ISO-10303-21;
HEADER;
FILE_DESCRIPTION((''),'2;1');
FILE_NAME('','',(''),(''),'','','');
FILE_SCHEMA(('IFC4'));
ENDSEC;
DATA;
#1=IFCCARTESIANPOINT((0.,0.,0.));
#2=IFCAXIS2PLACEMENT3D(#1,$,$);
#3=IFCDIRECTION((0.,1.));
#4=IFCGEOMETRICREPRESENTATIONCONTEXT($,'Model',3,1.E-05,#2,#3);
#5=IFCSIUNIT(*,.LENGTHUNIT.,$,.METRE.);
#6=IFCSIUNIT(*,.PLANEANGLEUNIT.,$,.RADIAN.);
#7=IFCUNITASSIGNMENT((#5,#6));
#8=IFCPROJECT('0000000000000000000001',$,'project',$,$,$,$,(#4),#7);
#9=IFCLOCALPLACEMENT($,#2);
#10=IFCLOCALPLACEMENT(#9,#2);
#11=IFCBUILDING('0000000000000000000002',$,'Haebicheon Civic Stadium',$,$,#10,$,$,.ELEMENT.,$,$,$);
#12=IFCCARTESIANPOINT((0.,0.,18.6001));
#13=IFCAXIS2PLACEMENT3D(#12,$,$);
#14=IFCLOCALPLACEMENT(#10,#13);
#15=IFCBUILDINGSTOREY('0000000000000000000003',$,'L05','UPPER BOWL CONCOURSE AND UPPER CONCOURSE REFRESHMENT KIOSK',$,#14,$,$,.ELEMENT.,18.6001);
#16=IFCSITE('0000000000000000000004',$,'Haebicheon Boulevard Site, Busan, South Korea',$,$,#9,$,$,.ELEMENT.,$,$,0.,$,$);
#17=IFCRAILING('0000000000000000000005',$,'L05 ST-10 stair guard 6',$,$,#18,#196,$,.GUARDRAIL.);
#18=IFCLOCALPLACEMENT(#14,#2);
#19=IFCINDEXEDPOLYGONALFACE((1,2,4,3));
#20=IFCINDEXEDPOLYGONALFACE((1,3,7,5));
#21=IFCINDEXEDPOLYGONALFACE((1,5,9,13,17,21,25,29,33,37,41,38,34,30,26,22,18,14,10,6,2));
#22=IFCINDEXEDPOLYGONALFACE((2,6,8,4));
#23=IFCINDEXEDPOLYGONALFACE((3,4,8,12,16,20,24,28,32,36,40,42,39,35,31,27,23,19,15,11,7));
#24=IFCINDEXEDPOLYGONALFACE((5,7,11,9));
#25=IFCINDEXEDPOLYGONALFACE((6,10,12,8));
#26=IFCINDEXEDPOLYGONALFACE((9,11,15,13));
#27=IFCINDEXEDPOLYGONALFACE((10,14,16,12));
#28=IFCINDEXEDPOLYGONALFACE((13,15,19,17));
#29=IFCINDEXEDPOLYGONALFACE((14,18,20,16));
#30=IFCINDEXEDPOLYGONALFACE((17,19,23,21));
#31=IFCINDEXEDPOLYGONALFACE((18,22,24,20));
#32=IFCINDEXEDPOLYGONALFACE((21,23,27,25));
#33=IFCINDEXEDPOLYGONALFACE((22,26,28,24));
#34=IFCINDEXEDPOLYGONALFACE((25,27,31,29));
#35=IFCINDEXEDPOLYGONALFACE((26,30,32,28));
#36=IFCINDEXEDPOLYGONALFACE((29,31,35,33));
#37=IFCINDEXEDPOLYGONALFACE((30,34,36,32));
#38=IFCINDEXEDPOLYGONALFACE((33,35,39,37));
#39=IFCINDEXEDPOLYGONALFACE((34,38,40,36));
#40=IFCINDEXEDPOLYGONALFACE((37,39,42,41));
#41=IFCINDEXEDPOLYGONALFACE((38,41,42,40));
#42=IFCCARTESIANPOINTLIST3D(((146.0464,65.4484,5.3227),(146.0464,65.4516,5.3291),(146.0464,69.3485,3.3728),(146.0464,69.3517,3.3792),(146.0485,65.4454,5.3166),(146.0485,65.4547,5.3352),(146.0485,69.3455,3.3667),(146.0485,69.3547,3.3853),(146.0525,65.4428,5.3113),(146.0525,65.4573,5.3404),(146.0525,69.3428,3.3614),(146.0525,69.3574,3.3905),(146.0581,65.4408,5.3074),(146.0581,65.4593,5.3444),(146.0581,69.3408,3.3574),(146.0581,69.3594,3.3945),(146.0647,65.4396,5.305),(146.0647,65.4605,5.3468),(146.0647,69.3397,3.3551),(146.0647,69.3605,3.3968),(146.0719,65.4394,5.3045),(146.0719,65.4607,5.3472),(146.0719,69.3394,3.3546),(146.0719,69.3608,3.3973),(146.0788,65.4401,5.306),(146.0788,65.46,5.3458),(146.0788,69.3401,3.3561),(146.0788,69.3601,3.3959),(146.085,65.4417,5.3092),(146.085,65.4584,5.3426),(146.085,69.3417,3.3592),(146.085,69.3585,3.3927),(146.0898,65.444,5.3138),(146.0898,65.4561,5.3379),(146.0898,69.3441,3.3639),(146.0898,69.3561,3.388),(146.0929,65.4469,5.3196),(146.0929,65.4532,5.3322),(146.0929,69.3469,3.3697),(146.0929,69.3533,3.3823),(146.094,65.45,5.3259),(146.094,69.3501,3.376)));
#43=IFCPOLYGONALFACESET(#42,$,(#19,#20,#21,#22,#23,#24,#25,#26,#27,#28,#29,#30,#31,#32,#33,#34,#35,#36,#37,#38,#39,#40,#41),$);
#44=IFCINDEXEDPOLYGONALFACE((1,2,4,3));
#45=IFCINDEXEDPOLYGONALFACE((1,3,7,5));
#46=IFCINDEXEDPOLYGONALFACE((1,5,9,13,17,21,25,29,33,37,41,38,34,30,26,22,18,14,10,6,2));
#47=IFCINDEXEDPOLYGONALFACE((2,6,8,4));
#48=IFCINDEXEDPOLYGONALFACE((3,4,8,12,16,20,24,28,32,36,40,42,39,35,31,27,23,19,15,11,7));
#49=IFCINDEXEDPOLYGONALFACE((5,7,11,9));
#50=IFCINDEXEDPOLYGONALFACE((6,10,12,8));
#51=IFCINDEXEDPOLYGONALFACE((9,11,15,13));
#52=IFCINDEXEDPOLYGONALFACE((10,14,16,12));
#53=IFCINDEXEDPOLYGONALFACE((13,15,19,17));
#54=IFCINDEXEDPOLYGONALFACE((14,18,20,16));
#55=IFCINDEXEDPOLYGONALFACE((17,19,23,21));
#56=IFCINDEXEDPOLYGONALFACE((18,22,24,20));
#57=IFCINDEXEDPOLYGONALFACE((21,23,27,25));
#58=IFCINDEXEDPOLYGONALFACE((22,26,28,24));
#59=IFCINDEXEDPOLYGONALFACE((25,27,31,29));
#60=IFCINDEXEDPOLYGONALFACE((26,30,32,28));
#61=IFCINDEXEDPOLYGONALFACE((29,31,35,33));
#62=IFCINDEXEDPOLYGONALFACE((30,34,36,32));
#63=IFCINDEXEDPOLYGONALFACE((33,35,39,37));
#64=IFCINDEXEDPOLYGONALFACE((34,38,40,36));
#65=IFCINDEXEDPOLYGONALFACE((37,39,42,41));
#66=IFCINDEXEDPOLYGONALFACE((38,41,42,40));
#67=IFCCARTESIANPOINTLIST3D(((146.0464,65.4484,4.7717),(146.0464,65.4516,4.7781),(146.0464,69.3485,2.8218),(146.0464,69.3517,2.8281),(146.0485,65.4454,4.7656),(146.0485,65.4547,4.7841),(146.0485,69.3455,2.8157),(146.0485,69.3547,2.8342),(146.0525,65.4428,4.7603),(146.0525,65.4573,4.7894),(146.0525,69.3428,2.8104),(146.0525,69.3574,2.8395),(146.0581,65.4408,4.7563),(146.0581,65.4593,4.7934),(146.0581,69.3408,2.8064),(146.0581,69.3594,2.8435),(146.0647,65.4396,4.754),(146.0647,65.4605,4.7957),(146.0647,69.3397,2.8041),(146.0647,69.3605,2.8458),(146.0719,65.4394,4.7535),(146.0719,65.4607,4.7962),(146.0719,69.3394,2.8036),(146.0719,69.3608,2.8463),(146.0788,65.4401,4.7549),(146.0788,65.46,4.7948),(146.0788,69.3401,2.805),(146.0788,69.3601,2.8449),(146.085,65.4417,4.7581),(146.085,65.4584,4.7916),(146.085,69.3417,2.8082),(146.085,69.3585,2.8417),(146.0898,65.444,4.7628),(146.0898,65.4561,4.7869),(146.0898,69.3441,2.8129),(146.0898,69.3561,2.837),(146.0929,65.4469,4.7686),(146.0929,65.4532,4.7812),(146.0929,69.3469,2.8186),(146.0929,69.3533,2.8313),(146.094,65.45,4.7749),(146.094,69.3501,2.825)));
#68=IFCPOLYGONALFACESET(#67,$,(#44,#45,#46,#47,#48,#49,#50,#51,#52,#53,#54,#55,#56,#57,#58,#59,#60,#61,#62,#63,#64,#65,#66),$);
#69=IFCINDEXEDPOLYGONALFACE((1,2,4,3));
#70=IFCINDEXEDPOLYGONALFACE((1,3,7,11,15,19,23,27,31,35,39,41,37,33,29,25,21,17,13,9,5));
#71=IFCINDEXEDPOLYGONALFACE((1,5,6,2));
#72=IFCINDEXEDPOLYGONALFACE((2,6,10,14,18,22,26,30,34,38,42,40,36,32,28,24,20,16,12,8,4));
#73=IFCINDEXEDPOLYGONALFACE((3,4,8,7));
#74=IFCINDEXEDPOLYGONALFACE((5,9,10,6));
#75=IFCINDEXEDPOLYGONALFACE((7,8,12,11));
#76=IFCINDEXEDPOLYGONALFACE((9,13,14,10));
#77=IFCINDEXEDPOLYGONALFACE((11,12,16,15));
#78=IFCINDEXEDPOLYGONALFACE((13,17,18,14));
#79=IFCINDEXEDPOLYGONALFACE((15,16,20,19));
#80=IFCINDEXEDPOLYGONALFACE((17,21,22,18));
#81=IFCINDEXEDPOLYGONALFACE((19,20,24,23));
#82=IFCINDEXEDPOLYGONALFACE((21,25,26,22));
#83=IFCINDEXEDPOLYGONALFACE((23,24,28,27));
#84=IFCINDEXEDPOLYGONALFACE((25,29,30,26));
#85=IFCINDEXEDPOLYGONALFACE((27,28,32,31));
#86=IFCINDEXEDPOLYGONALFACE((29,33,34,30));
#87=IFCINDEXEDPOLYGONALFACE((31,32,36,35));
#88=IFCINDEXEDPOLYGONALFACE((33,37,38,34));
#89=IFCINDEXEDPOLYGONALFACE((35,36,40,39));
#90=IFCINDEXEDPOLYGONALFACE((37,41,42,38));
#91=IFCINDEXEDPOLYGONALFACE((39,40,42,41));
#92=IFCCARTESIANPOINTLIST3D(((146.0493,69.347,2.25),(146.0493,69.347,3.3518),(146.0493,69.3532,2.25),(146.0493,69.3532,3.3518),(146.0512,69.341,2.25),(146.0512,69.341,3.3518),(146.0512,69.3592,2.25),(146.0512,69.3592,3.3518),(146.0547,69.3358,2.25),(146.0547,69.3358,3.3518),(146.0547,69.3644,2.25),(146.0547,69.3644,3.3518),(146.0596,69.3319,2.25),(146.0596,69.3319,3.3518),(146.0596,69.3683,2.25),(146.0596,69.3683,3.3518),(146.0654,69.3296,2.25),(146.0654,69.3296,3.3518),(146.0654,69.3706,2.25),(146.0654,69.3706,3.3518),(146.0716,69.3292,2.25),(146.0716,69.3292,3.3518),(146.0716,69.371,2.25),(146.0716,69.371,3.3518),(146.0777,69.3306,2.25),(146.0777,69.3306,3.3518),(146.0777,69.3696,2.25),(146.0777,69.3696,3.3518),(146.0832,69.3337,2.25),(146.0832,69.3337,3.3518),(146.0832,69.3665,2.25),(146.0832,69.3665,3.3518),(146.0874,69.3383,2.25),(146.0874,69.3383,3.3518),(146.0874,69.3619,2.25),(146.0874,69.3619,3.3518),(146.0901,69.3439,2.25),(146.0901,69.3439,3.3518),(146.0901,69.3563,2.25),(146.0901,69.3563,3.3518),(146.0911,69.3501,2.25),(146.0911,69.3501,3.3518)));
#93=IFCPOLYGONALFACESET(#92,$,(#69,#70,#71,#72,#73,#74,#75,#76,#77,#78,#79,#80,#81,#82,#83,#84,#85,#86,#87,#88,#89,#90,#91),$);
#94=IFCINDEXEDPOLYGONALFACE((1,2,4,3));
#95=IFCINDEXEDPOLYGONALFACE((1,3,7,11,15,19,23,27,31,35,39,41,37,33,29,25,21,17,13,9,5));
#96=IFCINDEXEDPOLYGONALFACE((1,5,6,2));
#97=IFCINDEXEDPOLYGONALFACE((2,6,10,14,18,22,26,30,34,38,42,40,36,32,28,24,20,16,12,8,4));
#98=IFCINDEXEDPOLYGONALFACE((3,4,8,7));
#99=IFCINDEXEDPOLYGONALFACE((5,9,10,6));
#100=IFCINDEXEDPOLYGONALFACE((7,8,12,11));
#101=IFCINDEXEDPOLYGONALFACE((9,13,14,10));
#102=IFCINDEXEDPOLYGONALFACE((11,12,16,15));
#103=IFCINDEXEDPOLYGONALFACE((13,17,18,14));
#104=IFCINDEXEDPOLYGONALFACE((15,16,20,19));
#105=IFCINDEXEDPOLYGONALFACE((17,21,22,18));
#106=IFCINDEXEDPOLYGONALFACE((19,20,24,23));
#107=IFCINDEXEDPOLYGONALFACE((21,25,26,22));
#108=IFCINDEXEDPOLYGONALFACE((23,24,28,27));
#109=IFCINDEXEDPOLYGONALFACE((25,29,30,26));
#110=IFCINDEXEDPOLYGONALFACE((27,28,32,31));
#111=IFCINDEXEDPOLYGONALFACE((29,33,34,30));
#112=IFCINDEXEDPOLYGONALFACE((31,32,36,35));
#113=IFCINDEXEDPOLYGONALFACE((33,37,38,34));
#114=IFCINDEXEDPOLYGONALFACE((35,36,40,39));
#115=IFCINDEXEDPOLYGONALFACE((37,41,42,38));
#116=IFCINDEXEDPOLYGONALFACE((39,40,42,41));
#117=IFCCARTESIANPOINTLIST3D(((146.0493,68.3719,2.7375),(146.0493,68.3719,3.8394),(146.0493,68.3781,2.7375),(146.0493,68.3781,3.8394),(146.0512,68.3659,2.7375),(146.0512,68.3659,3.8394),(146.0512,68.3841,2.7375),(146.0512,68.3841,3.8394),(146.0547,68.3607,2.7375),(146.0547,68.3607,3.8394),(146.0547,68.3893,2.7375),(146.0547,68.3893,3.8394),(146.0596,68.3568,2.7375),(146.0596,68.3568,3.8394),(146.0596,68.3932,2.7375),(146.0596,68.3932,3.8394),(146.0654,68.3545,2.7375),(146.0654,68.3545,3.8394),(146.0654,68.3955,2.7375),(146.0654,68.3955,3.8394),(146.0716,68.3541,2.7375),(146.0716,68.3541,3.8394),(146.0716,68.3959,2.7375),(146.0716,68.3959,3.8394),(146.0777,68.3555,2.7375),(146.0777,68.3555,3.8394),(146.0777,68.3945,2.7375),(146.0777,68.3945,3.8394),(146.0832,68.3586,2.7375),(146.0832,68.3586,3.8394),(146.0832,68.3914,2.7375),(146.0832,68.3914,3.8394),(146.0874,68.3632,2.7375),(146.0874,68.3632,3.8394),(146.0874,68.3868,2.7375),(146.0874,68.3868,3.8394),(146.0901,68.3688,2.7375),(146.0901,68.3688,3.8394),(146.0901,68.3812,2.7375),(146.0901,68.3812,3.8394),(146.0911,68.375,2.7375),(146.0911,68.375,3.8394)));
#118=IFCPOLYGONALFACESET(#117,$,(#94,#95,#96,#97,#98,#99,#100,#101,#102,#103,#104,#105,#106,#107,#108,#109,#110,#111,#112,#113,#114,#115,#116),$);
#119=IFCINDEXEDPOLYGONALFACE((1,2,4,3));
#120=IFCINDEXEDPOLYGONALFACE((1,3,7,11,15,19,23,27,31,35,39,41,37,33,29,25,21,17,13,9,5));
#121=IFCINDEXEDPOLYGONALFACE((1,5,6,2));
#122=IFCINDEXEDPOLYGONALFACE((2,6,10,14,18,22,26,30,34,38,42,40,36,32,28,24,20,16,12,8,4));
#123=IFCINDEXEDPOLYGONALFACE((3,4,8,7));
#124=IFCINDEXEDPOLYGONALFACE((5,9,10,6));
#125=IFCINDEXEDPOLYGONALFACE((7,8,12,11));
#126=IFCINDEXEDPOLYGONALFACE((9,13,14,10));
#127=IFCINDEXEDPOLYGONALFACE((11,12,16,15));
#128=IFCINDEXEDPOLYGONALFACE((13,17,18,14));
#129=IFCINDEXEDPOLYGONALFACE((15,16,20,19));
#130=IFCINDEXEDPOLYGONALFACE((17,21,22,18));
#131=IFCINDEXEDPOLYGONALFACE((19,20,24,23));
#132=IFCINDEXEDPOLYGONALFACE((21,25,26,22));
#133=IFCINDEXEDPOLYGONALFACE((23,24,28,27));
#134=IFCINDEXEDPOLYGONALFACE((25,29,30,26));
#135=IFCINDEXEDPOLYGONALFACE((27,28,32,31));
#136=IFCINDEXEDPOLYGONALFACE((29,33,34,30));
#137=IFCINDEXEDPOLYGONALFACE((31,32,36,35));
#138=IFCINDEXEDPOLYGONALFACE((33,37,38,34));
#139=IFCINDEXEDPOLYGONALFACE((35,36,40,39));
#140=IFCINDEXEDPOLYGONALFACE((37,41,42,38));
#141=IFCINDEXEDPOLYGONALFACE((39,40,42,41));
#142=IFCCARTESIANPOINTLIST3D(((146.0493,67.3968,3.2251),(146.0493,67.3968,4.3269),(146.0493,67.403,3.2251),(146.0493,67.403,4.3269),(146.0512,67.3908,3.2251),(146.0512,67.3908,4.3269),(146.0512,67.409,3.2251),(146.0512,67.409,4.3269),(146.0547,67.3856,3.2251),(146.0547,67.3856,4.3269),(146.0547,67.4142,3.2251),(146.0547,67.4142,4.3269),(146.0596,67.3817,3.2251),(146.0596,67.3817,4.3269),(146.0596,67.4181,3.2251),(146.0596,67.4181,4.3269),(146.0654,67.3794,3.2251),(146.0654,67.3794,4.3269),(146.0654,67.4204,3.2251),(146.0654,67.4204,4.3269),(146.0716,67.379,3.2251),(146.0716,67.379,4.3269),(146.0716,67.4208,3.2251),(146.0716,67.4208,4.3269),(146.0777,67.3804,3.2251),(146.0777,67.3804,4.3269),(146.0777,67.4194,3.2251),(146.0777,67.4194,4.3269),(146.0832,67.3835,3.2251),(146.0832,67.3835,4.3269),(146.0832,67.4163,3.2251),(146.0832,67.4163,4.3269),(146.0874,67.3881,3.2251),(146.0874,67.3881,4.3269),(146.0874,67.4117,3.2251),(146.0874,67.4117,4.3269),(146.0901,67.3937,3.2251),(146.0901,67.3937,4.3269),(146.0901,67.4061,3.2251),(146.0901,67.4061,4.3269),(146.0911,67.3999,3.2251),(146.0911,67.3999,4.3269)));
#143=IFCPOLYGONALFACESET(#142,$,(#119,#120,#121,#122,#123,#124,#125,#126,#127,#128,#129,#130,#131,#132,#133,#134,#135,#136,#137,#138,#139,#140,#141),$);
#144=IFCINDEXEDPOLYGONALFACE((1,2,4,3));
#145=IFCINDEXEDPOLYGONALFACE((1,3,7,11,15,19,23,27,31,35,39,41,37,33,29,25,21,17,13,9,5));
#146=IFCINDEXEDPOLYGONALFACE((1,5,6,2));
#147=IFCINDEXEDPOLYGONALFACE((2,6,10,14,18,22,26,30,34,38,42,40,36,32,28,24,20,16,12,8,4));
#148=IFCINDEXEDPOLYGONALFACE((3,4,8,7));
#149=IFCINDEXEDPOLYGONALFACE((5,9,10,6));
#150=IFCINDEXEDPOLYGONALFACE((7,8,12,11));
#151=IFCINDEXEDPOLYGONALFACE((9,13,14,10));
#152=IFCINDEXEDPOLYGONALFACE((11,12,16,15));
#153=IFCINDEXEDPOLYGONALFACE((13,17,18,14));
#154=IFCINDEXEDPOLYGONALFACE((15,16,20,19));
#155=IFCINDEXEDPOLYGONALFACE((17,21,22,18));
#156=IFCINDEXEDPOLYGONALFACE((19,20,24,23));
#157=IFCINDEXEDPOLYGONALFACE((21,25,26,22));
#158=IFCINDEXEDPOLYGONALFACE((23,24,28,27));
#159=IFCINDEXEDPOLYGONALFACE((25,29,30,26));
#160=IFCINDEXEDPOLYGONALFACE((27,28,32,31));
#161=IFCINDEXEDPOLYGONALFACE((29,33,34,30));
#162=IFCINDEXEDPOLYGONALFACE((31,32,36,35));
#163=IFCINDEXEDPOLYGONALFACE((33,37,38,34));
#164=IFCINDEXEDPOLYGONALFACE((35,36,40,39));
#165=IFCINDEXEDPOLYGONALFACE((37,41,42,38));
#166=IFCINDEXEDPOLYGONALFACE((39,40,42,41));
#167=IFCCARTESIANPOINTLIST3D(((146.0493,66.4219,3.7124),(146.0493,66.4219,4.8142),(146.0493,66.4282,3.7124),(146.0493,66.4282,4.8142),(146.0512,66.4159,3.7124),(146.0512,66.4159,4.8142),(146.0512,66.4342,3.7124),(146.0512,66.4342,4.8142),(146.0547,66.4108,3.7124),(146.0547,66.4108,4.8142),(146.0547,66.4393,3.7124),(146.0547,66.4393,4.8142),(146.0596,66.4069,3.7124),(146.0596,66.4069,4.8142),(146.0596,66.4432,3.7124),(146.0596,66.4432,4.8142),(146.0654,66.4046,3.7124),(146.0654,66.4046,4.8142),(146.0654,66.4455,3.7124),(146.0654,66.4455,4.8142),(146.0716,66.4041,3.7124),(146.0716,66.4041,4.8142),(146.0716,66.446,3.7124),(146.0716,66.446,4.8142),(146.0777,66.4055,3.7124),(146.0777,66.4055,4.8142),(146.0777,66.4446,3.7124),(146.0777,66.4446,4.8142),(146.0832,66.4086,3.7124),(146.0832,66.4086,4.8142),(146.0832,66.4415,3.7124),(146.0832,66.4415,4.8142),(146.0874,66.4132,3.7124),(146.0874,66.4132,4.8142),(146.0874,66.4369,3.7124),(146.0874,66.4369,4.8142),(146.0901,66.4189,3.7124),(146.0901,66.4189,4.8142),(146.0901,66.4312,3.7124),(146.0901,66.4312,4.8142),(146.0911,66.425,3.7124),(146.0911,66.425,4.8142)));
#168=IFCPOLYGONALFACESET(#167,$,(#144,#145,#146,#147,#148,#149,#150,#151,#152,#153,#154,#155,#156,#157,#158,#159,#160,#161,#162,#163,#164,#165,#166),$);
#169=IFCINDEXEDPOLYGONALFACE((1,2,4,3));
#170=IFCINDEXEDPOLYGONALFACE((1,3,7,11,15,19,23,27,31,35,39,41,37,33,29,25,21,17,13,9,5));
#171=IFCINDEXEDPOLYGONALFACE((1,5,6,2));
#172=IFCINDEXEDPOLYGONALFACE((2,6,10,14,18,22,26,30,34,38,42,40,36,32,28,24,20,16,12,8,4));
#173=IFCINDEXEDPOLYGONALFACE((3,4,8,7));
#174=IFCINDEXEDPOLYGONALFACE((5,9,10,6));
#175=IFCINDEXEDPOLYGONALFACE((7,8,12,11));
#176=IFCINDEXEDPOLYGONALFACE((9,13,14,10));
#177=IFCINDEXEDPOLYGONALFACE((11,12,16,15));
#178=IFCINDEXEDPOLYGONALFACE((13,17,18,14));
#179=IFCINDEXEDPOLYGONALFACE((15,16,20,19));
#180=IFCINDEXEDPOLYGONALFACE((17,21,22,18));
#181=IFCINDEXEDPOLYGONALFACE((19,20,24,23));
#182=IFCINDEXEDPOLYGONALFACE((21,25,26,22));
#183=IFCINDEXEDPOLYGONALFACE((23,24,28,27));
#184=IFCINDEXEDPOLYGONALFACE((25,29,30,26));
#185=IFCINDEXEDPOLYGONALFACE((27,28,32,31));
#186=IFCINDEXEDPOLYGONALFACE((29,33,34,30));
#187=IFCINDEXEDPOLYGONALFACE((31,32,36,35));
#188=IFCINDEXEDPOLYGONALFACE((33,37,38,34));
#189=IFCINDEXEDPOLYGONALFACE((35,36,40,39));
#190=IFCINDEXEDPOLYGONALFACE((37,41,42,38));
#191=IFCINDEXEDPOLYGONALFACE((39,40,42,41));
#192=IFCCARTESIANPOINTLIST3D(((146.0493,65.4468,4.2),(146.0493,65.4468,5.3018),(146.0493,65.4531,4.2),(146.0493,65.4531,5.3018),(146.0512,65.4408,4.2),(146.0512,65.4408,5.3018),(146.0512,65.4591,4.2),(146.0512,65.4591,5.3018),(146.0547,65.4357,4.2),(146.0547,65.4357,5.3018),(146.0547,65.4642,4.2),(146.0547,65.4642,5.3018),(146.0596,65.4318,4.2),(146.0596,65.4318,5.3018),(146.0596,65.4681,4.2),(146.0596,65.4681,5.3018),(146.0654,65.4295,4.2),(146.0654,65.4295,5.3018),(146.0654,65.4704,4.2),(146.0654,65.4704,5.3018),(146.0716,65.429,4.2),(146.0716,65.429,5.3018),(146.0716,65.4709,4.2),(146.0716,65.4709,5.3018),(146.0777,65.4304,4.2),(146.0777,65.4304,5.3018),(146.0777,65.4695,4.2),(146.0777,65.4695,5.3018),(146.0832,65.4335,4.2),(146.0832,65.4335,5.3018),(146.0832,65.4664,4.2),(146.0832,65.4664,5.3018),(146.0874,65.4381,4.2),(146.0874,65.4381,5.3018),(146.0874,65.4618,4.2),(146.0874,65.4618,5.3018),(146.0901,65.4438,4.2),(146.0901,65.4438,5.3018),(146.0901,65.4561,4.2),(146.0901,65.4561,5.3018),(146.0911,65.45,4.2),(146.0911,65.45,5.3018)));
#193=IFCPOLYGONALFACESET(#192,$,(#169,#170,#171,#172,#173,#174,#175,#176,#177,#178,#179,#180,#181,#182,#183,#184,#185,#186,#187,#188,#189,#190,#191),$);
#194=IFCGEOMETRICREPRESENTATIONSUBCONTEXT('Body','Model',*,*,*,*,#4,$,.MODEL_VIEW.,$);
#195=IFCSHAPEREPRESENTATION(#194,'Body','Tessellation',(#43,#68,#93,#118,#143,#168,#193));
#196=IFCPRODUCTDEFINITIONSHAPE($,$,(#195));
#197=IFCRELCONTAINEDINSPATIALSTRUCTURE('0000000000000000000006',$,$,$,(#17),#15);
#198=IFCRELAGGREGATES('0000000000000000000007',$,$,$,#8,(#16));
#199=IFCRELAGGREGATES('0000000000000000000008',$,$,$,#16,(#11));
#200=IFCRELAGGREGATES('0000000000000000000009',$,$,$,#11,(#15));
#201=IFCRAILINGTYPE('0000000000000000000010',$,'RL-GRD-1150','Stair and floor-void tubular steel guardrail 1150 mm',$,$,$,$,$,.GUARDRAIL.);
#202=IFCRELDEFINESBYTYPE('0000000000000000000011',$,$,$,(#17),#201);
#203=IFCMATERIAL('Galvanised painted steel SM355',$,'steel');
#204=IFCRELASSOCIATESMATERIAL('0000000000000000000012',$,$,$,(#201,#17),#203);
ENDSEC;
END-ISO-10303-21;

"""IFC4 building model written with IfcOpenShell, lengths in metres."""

from ifc_helpers import new_model, si_unit, direction, frame, origin, origin_2d, place, context, subcontext, project, spatial, circle, extrude, material, type_object, element, save


model = new_model("IFC4")

# Units and contexts
model_context = context("Model", 3, precision=1e-05, world=origin(), true_north=direction((0.0, 1.0)))
body_context = subcontext(model_context, "Body", "Model", "MODEL_VIEW")
ifc_project = project(units=[si_unit("LENGTHUNIT", "METRE"), si_unit("PLANEANGLEUNIT", "RADIAN")], contexts=[model_context])

# Site, building, storey
site_placement = place(None, origin())
site = spatial("IfcSite", under=ifc_project, at=site_placement, Name="Haebicheon Boulevard Site, Busan, South Korea", CompositionType="ELEMENT", RefElevation=0.0)
building_placement = place(site_placement, origin())
building = spatial("IfcBuilding", under=site, at=building_placement, Name="Haebicheon Civic Stadium", CompositionType="ELEMENT")
storey_placement = place(building_placement, frame((0.0, 0.0, 18.6001)))
storey = spatial("IfcBuildingStorey", under=building, at=storey_placement, Name="L05", Description="UPPER BOWL CONCOURSE AND UPPER CONCOURSE REFRESHMENT KIOSK", CompositionType="ELEMENT", Elevation=18.6001)

# Railing
ifc_material_1 = material(Name="Galvanised painted steel SM355", Category="steel")
railing_type_1 = type_object("IfcRailingType", Name="RL-GRD-1150", Description="Stair and floor-void tubular steel guardrail 1150 mm", PredefinedType="GUARDRAIL", material=ifc_material_1)
railing_1_placement = place(storey_placement, frame((146.0701, 69.3501, 2.25)))
element("IfcRailing", 1, at=railing_1_placement, inside=storey, type_object=railing_type_1, material=ifc_material_1, Name="L05 ST-10 stair guard 6", PredefinedType="GUARDRAIL", context=body_context, shape_type="SweptSolid", body=[
    extrude(circle(Radius=0.0239, at=origin_2d()), frame((0.0, 0.0, 1.126), z_axis=(0.0, -0.894438, 0.447191), x_axis=(1.0, 0.0, 0.0)), (0.0, 0.0, 1.0), 4.3604),
    extrude(circle(Radius=0.0239, at=origin_2d()), frame((0.0, 0.0, 0.575), z_axis=(0.0, -0.894438, 0.447191), x_axis=(1.0, 0.0, 0.0)), (0.0, 0.0, 1.0), 4.3604),
    extrude(circle(Radius=0.021, at=origin_2d()), origin(), (0.0, 0.0, 1.0), 1.1018),
    extrude(circle(Radius=0.021, at=origin_2d()), frame((0.0, -0.9751, 0.4875)), (0.0, 0.0, 1.0), 1.1018),
    extrude(circle(Radius=0.021, at=origin_2d()), frame((0.0, -1.9502, 0.9751)), (0.0, 0.0, 1.0), 1.1018),
    extrude(circle(Radius=0.021, at=origin_2d()), frame((0.0, -2.925, 1.4624)), (0.0, 0.0, 1.0), 1.1018),
    extrude(circle(Radius=0.021, at=origin_2d()), frame((0.0, -3.9001, 1.95)), (0.0, 0.0, 1.0), 1.1018),
])

save(model, "model.ifc")
